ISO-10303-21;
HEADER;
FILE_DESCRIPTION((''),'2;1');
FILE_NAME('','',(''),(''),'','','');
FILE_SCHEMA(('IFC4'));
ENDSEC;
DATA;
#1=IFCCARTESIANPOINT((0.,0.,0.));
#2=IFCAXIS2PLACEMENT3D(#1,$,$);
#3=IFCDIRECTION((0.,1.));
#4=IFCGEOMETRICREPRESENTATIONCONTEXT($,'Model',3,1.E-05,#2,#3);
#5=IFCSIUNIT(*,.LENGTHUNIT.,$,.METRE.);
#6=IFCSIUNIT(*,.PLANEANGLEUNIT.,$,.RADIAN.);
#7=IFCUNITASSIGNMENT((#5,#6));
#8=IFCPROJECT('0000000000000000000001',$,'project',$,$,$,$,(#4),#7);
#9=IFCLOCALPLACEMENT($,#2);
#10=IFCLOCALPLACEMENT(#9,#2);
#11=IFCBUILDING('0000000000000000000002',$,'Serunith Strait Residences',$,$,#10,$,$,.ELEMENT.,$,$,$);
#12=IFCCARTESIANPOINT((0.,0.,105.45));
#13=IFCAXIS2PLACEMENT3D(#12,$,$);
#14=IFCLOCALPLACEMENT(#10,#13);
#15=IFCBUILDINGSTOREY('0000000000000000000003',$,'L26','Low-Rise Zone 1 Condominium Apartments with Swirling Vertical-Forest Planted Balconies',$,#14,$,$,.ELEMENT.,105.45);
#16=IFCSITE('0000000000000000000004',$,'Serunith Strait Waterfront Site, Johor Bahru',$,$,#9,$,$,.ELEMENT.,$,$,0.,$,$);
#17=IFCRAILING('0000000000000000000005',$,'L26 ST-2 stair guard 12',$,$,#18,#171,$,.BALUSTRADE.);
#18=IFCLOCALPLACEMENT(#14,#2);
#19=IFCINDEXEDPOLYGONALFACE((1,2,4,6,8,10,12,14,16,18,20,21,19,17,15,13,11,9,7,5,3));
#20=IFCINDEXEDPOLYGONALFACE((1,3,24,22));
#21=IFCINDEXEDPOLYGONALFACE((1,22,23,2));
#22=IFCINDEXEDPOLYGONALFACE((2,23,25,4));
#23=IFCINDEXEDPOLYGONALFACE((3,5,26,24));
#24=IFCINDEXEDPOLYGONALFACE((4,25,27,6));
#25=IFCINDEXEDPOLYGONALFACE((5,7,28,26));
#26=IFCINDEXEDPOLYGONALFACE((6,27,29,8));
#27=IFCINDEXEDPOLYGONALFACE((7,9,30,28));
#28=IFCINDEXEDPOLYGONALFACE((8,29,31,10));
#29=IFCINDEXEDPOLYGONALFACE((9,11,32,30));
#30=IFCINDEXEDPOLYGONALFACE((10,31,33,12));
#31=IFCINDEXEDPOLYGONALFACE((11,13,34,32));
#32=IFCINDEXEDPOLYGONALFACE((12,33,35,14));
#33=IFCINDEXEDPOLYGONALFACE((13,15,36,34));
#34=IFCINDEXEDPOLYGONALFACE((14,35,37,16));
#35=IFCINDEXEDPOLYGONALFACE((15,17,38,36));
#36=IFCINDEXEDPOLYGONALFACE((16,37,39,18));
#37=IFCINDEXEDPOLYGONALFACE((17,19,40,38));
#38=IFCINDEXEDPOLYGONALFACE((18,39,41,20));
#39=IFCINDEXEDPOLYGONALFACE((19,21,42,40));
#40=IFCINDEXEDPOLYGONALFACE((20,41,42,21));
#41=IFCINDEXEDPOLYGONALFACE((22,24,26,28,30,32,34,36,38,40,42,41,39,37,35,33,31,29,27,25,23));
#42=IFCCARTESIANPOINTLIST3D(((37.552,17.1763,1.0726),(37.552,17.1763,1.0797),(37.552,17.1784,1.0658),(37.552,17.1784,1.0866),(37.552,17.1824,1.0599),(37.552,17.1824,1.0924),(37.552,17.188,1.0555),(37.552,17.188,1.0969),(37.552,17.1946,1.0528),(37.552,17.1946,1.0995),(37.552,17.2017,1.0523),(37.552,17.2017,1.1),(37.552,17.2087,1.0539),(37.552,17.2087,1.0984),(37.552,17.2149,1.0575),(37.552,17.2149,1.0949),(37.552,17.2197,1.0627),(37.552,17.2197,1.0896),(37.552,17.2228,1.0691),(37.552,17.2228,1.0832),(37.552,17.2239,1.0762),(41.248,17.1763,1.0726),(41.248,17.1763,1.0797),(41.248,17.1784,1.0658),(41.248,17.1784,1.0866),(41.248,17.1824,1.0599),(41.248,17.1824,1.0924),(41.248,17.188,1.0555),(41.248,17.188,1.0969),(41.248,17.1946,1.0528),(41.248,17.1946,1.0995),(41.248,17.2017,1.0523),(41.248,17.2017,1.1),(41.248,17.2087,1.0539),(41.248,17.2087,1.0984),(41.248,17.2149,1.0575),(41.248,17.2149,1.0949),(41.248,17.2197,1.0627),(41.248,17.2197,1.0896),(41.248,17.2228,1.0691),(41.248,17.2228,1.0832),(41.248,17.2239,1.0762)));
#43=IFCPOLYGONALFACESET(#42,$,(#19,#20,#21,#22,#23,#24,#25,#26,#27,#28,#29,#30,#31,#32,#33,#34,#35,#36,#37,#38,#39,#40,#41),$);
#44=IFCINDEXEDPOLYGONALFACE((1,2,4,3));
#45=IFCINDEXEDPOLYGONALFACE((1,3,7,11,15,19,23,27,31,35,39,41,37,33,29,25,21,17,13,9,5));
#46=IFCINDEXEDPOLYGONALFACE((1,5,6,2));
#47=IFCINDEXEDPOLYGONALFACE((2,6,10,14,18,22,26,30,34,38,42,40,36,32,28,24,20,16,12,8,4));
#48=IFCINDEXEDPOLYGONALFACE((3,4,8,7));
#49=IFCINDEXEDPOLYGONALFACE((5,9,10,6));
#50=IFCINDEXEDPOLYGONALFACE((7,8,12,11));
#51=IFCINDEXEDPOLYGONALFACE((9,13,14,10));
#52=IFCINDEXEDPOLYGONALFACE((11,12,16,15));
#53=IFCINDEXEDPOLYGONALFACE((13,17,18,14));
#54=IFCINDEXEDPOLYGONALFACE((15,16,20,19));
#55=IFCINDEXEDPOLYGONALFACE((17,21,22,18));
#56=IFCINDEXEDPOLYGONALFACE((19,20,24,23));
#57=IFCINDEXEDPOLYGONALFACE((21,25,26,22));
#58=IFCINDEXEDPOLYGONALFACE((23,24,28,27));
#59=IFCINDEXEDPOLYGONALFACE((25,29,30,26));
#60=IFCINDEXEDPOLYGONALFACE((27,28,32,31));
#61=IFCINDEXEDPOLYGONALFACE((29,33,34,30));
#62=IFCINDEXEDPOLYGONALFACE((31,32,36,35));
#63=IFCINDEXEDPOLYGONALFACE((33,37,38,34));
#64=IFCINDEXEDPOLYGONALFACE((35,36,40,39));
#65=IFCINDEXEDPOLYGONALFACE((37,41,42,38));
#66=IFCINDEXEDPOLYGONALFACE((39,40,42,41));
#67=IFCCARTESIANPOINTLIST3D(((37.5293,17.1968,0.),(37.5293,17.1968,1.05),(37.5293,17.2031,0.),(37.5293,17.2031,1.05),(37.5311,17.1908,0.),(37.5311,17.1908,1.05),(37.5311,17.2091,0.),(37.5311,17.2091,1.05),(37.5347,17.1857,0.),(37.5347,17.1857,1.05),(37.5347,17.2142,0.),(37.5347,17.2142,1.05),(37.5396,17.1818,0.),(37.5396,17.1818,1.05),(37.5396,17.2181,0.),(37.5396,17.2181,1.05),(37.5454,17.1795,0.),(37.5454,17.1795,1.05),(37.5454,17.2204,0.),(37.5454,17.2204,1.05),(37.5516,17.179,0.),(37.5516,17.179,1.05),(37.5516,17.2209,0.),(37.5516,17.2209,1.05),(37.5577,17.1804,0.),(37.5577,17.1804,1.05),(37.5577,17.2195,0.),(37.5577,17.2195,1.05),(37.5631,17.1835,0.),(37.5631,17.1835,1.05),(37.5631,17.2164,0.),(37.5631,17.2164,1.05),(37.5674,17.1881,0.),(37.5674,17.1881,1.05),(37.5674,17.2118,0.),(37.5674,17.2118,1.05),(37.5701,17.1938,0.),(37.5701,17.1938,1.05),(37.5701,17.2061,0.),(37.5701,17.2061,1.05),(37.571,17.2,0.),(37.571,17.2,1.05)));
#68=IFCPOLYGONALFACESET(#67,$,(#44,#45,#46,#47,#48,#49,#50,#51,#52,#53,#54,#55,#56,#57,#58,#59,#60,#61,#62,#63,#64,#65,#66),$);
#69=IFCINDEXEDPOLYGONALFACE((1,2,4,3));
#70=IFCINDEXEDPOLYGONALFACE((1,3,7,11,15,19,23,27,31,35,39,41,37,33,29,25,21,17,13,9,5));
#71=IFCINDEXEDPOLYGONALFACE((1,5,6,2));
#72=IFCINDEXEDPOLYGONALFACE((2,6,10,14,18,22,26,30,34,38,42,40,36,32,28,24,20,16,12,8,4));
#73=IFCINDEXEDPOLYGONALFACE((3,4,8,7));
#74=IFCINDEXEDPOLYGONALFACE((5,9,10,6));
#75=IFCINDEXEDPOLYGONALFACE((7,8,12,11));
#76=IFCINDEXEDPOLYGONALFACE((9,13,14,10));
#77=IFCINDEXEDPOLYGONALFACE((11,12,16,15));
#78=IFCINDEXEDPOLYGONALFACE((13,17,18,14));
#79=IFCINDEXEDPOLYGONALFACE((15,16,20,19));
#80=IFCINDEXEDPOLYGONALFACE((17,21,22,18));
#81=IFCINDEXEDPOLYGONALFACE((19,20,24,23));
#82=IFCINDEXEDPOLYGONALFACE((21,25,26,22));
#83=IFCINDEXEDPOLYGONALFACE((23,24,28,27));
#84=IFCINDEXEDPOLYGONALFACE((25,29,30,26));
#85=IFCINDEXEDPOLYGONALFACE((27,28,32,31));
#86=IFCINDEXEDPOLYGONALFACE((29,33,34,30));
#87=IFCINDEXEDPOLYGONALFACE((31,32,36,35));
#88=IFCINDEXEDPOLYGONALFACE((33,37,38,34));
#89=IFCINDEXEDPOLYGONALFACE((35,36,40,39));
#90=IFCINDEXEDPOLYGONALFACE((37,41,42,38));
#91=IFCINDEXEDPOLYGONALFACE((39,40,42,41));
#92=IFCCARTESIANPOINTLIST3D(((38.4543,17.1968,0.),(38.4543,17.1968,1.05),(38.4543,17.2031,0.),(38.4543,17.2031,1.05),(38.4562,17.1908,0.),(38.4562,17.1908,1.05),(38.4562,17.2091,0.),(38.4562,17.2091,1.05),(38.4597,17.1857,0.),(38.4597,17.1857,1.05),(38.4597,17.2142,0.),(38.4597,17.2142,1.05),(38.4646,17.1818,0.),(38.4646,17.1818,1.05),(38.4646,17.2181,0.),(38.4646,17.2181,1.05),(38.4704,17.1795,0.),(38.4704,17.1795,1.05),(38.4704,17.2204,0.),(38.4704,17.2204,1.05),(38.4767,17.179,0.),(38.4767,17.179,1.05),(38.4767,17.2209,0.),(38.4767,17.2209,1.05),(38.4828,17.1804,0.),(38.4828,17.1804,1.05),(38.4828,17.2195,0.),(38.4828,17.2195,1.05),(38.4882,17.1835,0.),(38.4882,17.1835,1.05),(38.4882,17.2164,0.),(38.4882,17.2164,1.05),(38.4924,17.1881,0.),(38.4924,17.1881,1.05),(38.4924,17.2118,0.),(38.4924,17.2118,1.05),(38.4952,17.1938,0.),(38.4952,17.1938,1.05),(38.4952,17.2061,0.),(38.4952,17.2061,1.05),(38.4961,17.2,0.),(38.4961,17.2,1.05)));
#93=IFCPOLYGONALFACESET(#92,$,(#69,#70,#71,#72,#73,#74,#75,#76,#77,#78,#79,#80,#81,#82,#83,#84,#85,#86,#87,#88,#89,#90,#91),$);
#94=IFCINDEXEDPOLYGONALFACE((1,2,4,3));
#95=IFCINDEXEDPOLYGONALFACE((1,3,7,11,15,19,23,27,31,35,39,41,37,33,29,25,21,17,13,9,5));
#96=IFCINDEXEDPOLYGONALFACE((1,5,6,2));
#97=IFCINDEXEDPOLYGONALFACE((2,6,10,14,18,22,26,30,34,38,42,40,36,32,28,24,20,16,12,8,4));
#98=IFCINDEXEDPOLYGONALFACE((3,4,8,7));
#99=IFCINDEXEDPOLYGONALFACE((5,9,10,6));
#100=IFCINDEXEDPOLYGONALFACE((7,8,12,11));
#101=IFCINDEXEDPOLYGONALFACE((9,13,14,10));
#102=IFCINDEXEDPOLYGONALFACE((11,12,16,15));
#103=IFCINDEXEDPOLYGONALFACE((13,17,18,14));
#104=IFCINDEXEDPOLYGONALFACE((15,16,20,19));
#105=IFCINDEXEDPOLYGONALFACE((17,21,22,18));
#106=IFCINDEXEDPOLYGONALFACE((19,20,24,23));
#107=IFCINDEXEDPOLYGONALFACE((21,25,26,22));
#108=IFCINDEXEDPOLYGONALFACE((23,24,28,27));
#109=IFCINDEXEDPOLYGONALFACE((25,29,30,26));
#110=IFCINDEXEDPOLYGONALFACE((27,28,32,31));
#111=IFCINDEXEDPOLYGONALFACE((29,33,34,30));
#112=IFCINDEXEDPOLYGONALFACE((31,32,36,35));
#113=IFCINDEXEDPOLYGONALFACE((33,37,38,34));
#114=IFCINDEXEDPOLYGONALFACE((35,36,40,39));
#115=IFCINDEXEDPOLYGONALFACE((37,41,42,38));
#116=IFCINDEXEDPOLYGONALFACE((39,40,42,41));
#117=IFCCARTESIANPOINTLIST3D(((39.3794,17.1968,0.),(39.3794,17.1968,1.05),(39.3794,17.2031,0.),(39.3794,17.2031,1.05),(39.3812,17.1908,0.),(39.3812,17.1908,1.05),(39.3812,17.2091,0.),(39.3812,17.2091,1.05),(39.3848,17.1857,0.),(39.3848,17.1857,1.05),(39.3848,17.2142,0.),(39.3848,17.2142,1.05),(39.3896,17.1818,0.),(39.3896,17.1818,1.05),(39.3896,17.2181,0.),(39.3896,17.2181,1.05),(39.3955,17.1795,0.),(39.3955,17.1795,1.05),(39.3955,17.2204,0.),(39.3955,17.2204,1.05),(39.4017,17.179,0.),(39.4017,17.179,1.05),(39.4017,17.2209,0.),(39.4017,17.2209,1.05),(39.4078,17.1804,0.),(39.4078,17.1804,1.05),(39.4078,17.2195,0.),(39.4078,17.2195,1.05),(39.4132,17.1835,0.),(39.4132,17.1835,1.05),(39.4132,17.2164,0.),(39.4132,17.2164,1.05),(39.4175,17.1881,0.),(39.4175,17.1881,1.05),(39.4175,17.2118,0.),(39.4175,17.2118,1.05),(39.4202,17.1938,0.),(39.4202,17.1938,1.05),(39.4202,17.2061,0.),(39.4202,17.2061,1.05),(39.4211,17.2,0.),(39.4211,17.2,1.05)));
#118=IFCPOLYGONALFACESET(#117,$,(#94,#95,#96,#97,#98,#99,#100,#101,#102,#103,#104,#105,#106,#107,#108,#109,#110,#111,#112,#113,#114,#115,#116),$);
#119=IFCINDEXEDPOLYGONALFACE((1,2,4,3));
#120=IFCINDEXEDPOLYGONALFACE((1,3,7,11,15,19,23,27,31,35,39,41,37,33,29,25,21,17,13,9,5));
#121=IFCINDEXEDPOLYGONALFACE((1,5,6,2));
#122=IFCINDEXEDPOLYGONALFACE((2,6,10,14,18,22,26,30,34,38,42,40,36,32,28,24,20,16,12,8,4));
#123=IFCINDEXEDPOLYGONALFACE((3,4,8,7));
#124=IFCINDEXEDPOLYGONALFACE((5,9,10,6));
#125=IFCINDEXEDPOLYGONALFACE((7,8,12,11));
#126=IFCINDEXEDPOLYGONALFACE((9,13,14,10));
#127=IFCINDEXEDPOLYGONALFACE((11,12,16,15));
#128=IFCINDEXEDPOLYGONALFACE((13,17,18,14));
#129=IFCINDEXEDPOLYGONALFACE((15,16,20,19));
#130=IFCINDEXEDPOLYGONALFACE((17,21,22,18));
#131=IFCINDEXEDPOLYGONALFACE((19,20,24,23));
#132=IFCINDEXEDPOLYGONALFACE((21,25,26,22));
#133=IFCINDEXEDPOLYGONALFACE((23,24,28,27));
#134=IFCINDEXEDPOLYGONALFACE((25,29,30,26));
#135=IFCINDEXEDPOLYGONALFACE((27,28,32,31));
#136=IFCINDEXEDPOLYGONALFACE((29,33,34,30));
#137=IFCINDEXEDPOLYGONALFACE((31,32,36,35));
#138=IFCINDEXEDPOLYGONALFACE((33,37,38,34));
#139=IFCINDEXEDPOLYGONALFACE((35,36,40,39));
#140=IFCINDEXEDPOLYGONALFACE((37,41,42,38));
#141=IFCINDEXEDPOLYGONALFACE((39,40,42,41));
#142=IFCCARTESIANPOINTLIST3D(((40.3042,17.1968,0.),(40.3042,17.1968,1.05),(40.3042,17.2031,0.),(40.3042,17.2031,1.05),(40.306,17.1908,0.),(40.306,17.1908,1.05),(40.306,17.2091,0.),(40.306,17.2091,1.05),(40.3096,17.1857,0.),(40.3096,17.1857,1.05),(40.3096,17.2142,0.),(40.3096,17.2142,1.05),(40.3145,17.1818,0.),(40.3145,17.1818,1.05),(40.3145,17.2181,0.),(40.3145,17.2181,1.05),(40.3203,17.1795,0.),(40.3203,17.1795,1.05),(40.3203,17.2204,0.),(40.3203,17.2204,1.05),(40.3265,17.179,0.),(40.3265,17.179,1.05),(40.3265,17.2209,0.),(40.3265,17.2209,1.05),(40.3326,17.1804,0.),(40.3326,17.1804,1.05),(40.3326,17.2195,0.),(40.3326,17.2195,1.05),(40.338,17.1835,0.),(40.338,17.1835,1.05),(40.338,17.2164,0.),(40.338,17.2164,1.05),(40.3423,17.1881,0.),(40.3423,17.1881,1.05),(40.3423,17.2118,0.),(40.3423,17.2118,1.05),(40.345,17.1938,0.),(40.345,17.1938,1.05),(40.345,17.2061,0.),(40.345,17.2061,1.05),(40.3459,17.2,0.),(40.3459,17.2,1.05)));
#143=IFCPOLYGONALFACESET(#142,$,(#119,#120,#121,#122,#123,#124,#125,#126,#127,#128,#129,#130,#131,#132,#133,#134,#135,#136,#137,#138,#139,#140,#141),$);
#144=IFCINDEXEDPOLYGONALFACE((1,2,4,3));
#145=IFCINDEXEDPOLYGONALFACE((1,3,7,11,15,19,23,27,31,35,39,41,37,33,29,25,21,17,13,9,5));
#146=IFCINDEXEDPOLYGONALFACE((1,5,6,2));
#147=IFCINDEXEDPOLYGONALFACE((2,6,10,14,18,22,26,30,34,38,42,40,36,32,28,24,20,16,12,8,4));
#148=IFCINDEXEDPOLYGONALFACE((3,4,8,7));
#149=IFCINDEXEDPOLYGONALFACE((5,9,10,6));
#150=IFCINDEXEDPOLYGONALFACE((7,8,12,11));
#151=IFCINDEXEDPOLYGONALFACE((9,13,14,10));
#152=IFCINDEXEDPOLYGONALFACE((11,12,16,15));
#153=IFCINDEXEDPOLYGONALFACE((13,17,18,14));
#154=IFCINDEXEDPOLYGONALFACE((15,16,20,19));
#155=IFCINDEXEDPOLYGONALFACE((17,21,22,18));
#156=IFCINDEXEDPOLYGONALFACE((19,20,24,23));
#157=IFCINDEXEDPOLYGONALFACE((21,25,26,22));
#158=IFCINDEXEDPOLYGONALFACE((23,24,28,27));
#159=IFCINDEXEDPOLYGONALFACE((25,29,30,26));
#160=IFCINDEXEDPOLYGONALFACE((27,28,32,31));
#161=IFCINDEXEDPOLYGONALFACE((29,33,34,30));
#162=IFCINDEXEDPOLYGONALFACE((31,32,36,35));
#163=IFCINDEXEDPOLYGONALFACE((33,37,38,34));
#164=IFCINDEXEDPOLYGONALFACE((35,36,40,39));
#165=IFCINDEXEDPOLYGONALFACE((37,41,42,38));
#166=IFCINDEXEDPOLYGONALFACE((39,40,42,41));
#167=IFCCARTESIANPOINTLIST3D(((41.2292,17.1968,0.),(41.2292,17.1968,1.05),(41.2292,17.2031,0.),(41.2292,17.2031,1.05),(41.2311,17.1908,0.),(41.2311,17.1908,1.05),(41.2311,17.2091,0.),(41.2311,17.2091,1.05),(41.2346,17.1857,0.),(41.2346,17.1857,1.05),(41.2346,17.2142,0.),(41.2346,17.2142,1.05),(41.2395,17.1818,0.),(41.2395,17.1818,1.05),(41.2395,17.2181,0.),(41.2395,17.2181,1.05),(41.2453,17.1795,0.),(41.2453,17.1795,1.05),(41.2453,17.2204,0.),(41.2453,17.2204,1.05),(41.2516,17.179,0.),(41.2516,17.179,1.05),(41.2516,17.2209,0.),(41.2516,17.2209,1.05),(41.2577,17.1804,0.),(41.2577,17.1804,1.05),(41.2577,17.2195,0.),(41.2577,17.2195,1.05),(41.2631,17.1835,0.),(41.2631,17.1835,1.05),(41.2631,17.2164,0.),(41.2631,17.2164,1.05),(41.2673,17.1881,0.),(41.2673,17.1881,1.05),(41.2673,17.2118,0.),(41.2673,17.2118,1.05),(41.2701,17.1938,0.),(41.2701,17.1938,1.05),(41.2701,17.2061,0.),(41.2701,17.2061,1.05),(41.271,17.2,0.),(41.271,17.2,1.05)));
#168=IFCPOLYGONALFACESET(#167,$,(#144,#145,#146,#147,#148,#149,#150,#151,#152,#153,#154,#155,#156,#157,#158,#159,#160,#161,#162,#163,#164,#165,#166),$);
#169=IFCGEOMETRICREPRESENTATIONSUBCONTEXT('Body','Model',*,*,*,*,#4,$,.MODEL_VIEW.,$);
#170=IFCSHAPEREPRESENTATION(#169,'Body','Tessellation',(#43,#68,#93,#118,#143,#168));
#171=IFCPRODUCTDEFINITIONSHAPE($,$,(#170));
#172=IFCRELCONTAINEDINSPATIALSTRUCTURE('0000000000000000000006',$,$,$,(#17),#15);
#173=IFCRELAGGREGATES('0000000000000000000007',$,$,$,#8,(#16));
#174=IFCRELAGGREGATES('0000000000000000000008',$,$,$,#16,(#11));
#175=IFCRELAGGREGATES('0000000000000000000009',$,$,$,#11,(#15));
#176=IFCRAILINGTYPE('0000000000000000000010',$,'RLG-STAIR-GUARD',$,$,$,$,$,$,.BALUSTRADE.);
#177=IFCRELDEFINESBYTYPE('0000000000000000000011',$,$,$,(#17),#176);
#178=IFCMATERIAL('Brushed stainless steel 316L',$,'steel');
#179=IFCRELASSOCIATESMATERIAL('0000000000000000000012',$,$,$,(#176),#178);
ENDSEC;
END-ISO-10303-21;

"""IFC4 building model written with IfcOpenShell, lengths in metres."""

from ifc_helpers import new_model, si_unit, direction, frame, origin, origin_2d, place, context, subcontext, project, spatial, circle, extrude, material, type_object, element, save


model = new_model("IFC4")

# Units and contexts
model_context = context("Model", 3, precision=1e-05, world=origin(), true_north=direction((0.0, 1.0)))
body_context = subcontext(model_context, "Body", "Model", "MODEL_VIEW")
ifc_project = project(units=[si_unit("LENGTHUNIT", "METRE"), si_unit("PLANEANGLEUNIT", "RADIAN")], contexts=[model_context])

# Site, building, storey
site_placement = place(None, origin())
site = spatial("IfcSite", under=ifc_project, at=site_placement, Name="Serunith Strait Waterfront Site, Johor Bahru", CompositionType="ELEMENT", RefElevation=0.0)
building_placement = place(site_placement, origin())
building = spatial("IfcBuilding", under=site, at=building_placement, Name="Serunith Strait Residences", CompositionType="ELEMENT")
storey_placement = place(building_placement, frame((0.0, 0.0, 105.45)))
storey = spatial("IfcBuildingStorey", under=building, at=storey_placement, Name="L26", Description="Low-Rise Zone 1 Condominium Apartments with Swirling Vertical-Forest Planted Balconies", CompositionType="ELEMENT", Elevation=105.45)

# Railing
ifc_material_1 = material(Name="Brushed stainless steel 316L", Category="steel")
railing_type_1 = type_object("IfcRailingType", Name="RLG-STAIR-GUARD", PredefinedType="BALUSTRADE", material=ifc_material_1)
railing_1_placement = place(storey_placement, frame((37.55, 17.2, 0.0)))
element("IfcRailing", 1, at=railing_1_placement, inside=storey, type_object=railing_type_1, Name="L26 ST-2 stair guard 12", PredefinedType="BALUSTRADE", context=body_context, shape_type="SweptSolid", body=[
    extrude(circle(Radius=0.0239, at=origin_2d()), frame((0.002, 0.0, 1.0762), z_axis=(1.0, 0.0, 0.0), x_axis=(0.0, 1.0, 0.0)), (0.0, 0.0, 1.0), 3.696),
    extrude(circle(Radius=0.021, at=origin_2d()), origin(), (0.0, 0.0, 1.0), 1.05),
    extrude(circle(Radius=0.021, at=origin_2d()), frame((0.925, 0.0, 0.0)), (0.0, 0.0, 1.0), 1.05),
    extrude(circle(Radius=0.021, at=origin_2d()), frame((1.8501, 0.0, 0.0)), (0.0, 0.0, 1.0), 1.05),
    extrude(circle(Radius=0.021, at=origin_2d()), frame((2.7749, 0.0, 0.0)), (0.0, 0.0, 1.0), 1.05),
    extrude(circle(Radius=0.021, at=origin_2d()), frame((3.7, 0.0, 0.0)), (0.0, 0.0, 1.0), 1.05),
])

save(model, "model.ifc")
